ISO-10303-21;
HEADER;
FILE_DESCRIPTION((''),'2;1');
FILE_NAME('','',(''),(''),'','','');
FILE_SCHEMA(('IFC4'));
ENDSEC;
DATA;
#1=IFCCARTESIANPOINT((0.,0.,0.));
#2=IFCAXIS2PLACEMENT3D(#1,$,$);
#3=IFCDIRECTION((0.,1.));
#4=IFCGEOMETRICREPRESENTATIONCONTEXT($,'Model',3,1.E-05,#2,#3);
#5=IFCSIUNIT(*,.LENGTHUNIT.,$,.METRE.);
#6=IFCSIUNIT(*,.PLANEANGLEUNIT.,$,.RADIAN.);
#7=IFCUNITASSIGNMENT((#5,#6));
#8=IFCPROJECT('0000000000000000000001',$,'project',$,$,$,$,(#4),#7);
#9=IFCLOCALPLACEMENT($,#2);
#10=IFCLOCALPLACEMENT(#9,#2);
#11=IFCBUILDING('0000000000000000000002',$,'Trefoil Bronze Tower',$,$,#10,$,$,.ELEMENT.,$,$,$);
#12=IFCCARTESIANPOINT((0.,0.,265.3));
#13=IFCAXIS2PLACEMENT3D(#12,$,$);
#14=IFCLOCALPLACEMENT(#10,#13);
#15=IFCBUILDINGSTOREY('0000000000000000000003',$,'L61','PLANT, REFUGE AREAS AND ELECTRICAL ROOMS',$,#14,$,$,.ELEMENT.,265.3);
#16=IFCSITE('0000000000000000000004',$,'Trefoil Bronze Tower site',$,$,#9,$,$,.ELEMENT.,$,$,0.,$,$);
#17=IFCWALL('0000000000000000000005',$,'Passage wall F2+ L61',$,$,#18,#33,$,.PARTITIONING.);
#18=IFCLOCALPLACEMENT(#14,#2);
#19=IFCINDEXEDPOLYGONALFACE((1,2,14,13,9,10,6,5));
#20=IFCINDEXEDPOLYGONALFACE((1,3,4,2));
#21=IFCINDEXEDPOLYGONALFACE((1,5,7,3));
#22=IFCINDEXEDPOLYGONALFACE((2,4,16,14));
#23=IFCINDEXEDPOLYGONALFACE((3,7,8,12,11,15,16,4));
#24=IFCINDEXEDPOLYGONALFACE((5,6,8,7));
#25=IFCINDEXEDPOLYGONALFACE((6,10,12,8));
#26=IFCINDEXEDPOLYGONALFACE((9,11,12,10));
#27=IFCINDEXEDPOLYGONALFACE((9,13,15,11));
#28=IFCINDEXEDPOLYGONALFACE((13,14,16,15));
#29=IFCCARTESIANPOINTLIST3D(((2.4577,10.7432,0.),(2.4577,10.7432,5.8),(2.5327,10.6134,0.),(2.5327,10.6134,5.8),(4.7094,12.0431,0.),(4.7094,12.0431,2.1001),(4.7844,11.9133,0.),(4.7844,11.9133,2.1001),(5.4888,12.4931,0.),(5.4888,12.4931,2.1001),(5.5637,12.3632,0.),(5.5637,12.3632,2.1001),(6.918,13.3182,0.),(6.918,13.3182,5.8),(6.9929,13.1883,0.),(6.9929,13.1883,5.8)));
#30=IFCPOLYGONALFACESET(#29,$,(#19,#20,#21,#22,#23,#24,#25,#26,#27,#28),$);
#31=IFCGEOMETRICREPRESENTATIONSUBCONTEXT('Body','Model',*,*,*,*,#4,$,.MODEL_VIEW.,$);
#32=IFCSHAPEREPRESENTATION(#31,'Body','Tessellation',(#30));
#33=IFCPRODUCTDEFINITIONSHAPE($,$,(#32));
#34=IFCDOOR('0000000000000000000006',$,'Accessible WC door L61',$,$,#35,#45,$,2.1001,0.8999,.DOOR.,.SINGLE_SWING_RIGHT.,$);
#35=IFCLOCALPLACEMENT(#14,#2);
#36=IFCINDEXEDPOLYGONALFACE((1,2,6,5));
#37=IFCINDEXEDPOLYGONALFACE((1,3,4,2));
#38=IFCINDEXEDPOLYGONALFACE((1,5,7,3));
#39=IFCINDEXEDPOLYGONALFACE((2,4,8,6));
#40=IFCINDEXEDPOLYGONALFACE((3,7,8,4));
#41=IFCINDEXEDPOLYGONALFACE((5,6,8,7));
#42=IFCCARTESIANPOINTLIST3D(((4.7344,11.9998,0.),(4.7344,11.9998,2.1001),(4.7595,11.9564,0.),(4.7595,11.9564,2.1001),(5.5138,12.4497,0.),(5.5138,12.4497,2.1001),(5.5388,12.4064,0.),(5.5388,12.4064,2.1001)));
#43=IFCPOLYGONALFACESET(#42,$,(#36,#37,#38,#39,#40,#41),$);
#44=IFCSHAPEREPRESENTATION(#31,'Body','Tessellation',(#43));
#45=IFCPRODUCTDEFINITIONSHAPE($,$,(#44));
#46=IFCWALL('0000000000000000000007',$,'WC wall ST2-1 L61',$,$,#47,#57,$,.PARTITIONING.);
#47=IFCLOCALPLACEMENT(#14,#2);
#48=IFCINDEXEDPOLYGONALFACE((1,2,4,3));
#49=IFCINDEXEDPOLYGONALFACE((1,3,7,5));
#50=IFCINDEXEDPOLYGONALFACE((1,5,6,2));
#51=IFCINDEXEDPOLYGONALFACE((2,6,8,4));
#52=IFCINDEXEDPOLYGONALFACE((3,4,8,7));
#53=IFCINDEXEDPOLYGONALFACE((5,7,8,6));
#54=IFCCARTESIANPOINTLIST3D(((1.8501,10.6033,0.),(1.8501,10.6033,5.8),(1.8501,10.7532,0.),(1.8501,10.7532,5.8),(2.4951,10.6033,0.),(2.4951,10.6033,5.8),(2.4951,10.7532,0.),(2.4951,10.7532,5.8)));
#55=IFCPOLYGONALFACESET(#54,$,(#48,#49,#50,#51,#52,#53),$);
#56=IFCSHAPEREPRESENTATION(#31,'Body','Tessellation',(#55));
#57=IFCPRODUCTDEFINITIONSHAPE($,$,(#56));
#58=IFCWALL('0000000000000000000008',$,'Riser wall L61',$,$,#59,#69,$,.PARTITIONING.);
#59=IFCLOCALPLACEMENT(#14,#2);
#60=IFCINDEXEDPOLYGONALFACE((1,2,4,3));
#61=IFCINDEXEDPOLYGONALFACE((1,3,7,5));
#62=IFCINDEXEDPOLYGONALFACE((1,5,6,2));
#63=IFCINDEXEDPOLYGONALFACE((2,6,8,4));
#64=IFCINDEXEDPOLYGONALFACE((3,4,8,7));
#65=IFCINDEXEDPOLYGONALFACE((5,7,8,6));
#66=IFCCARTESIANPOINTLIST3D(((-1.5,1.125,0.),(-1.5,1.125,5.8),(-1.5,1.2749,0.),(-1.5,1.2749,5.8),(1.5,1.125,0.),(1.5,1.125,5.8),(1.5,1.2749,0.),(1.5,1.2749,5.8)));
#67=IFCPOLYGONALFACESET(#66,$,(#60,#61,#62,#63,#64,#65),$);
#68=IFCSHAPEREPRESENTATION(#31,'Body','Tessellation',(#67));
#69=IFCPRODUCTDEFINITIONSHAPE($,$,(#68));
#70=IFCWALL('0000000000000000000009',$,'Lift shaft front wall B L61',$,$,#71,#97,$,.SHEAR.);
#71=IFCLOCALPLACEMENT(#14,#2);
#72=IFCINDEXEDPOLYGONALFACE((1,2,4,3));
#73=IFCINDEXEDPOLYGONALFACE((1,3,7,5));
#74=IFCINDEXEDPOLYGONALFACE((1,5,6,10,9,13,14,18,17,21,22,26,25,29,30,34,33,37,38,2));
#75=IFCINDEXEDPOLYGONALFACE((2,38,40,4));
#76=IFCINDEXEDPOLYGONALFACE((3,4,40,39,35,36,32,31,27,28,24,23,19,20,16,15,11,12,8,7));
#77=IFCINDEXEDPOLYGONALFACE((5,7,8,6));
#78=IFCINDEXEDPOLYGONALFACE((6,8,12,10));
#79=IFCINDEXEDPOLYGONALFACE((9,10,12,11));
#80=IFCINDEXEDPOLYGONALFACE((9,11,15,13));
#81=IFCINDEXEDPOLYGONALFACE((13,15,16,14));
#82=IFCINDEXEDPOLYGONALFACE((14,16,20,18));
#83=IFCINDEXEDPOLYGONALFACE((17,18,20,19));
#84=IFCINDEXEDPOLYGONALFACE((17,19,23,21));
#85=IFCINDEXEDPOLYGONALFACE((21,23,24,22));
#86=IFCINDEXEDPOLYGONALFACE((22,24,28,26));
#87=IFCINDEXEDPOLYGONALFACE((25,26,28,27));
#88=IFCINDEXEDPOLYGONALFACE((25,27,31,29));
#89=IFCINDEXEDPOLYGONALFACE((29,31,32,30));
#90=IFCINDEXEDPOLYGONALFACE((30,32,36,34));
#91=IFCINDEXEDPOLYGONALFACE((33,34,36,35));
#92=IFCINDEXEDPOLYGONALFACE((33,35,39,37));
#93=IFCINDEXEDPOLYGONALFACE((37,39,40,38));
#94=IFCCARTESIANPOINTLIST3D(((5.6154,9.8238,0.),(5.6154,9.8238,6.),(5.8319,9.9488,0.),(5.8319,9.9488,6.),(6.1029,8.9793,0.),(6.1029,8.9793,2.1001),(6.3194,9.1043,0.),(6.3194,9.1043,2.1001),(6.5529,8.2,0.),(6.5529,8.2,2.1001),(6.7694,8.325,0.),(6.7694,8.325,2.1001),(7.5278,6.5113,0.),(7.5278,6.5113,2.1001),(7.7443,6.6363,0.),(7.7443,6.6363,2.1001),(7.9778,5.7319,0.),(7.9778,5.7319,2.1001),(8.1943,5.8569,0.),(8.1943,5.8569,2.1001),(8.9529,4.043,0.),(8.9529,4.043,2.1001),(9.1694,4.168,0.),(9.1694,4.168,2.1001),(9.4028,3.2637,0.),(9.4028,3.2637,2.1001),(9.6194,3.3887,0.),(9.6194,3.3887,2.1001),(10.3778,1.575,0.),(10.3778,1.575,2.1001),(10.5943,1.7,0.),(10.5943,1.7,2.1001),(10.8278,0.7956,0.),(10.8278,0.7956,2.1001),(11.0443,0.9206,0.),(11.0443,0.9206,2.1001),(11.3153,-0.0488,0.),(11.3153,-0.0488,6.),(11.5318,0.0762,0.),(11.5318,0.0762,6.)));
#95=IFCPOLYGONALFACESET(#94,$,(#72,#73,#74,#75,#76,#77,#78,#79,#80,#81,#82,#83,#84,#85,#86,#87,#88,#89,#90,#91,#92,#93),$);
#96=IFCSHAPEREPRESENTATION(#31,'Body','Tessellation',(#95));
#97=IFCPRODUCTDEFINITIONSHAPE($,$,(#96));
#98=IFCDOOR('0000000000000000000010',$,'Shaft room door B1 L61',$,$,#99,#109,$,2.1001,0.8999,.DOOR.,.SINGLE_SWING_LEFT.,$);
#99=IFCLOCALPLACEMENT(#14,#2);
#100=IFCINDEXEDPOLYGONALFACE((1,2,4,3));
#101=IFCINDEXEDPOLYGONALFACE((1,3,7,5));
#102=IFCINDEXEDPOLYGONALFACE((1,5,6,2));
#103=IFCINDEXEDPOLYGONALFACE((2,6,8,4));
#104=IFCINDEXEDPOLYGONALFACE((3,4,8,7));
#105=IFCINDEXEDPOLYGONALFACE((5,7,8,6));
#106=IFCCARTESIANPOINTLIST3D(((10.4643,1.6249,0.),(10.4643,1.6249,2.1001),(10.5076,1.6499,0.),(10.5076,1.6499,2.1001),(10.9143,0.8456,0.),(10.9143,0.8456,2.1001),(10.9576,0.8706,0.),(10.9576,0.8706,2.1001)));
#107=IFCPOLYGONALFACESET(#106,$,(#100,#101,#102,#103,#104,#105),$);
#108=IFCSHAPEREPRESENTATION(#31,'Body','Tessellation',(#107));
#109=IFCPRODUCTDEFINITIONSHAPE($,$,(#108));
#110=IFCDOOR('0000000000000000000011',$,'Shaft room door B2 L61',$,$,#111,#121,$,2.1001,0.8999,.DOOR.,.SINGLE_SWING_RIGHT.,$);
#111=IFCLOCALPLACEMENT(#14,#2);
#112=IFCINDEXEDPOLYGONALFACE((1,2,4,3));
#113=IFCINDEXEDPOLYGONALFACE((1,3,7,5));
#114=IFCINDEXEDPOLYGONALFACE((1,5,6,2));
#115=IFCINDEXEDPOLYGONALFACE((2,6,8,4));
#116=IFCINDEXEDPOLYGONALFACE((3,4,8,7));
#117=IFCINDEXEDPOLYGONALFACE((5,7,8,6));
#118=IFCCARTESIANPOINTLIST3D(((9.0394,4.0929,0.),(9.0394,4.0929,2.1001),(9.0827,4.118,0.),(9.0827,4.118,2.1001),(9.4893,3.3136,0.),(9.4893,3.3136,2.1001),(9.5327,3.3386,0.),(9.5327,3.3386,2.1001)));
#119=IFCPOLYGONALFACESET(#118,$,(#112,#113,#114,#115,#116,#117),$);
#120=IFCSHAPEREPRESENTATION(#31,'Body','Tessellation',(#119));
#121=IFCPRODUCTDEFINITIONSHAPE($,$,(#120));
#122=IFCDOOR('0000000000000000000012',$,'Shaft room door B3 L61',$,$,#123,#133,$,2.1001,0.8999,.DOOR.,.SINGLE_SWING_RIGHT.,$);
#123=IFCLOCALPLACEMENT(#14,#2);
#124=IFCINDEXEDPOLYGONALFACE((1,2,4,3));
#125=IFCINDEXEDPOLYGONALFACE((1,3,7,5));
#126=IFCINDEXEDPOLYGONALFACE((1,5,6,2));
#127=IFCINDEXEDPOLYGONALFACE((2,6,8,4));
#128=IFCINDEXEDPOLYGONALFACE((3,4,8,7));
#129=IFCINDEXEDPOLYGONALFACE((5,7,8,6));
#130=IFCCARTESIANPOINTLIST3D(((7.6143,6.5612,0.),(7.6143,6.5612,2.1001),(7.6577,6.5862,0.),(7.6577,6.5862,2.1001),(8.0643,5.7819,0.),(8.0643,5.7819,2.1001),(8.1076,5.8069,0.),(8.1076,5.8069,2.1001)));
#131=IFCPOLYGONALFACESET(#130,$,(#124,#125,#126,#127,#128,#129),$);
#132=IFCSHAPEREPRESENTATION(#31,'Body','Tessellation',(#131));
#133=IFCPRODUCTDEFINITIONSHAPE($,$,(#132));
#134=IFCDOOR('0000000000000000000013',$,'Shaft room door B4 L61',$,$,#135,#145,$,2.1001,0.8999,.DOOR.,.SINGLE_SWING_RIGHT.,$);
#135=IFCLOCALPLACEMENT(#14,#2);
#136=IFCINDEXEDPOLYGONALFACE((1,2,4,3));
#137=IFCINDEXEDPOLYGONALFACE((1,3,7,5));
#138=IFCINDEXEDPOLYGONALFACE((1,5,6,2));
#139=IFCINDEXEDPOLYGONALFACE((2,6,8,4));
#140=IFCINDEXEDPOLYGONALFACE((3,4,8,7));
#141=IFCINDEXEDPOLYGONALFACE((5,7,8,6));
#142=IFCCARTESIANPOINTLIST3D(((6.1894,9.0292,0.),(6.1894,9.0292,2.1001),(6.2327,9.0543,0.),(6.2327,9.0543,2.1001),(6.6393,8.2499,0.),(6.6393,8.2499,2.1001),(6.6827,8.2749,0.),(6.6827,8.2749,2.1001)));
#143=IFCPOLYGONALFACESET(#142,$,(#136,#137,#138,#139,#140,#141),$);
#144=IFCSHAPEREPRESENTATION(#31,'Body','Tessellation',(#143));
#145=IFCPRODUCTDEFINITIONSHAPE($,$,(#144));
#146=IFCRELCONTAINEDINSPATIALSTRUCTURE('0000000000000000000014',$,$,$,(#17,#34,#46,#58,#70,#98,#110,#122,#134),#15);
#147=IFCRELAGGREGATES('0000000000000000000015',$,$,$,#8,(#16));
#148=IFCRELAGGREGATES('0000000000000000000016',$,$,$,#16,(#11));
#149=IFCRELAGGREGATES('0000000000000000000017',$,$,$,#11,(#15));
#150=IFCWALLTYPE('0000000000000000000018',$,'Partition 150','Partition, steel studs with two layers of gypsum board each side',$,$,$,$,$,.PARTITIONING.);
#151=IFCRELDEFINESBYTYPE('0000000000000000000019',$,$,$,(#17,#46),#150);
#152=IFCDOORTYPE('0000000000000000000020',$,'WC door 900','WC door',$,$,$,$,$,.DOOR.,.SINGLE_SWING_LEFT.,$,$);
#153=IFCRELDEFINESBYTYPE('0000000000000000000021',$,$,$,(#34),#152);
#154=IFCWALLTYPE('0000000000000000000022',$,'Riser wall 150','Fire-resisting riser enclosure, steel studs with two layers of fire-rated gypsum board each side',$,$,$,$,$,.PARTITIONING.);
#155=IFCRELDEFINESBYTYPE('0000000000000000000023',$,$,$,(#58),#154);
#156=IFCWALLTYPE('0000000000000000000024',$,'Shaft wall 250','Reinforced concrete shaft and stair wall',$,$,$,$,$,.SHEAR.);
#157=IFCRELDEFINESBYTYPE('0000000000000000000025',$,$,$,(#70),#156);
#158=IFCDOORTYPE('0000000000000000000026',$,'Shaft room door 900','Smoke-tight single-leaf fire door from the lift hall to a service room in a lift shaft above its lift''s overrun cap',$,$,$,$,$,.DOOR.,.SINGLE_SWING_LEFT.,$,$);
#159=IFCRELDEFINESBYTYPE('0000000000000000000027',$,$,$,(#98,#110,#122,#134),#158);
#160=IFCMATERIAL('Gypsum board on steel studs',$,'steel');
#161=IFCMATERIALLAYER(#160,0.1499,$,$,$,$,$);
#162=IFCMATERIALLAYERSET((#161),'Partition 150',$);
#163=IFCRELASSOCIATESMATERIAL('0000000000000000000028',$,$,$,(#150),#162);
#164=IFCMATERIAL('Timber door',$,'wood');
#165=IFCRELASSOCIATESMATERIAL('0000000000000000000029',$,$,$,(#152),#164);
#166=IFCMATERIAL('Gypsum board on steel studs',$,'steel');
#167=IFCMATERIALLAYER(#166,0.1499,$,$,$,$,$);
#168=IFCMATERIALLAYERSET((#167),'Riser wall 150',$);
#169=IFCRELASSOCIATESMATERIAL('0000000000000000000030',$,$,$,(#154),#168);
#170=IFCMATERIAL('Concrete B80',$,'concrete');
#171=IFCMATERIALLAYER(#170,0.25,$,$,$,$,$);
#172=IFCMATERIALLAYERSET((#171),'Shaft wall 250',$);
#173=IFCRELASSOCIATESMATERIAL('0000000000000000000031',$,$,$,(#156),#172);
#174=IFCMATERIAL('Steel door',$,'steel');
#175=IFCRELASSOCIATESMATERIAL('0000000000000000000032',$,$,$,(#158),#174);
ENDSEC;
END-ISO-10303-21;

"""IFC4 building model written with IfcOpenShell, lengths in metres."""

from ifc_helpers import new_model, si_unit, direction, frame, frame_2d, origin, place, context, subcontext, project, spatial, rectangle, extrude, material, layer, layer_set, type_object, element, fill, save


model = new_model("IFC4")

# Units and contexts
model_context = context("Model", 3, precision=1e-05, world=origin(), true_north=direction((0.0, 1.0)))
body_context = subcontext(model_context, "Body", "Model", "MODEL_VIEW")
ifc_project = project(units=[si_unit("LENGTHUNIT", "METRE"), si_unit("PLANEANGLEUNIT", "RADIAN")], contexts=[model_context])

# Site, building, storey
site_placement = place(None, origin())
site = spatial("IfcSite", under=ifc_project, at=site_placement, Name="Trefoil Bronze Tower site", CompositionType="ELEMENT", RefElevation=0.0)
building_placement = place(site_placement, origin())
building = spatial("IfcBuilding", under=site, at=building_placement, Name="Trefoil Bronze Tower", CompositionType="ELEMENT")
storey_placement = place(building_placement, frame((0.0, 0.0, 265.3)))
storey = spatial("IfcBuildingStorey", under=building, at=storey_placement, Name="L61", Description="PLANT, REFUGE AREAS AND ELECTRICAL ROOMS", CompositionType="ELEMENT", Elevation=265.3)

# Wall, opening, door
ifc_material_1 = material(Name="Gypsum board on steel studs", Category="steel")
ifc_layer_1 = layer(ifc_material_1, 0.1499)
ifc_layer_set_1 = layer_set([ifc_layer_1], Name="Partition 150")
wall_type_1 = type_object("IfcWallType", Name="Partition 150", Description="Partition, steel studs with two layers of gypsum board each side", PredefinedType="PARTITIONING", material=ifc_layer_set_1)
wall_1_placement = place(storey_placement, frame((2.4951, 10.6782, 0.0), z_axis=(0.0, 0.0, 1.0), x_axis=(0.866038, 0.499978, 0.0)))
wall_1 = element("IfcWall", 1, at=wall_1_placement, inside=storey, type_object=wall_type_1, Name="Passage wall F2+ L61", PredefinedType="PARTITIONING", context=body_context, shape_type="SweptSolid", body=[
    extrude(rectangle(XDim=5.1501, YDim=0.1499, at=frame_2d((2.5752, 0.0))), origin(), (0.0, 0.0, 1.0), 5.8),
])
opening_1_placement = place(wall_1_placement, frame((2.6001, 0.0, 0.0)))
opening_1 = element("IfcOpeningElement", 2, at=opening_1_placement, cuts=wall_1, PredefinedType="OPENING", context=body_context, shape_type="SweptSolid", body=[
    extrude(rectangle(XDim=0.8999, YDim=2.1001, at=frame_2d((0.45, 1.05))), frame((0.0, 0.085, 0.0), z_axis=(0.0, -1.0, 0.0), x_axis=(1.0, 0.0, 0.0)), (0.0, 0.0, 1.0), 0.1699),
])
ifc_material_2 = material(Name="Timber door", Category="wood")
door_type_1 = type_object("IfcDoorType", Name="WC door 900", Description="WC door", OperationType="SINGLE_SWING_LEFT", PredefinedType="DOOR", material=ifc_material_2)
door_1_placement = place(opening_1_placement, origin())
door_1 = element("IfcDoor", 3, at=door_1_placement, inside=storey, type_object=door_type_1, Name="Accessible WC door L61", OperationType="SINGLE_SWING_RIGHT", OverallHeight=2.1001, OverallWidth=0.8999, PredefinedType="DOOR", context=body_context, shape_type="SweptSolid", body=[
    extrude(rectangle(XDim=0.8999, YDim=2.1001, at=frame_2d((0.45, 1.05))), frame((0.0, 0.0249, 0.0), z_axis=(0.0, -1.0, 0.0), x_axis=(1.0, 0.0, 0.0)), (0.0, 0.0, 1.0), 0.05),
])
fill(opening_1, door_1)

# Walls
wall_2_placement = place(storey_placement, frame((2.4951, 10.6782, 0.0), z_axis=(0.0, 0.0, 1.0), x_axis=(-1.0, 0.0, 0.0)))
element("IfcWall", 4, at=wall_2_placement, inside=storey, type_object=wall_type_1, Name="WC wall ST2-1 L61", PredefinedType="PARTITIONING", context=body_context, shape_type="SweptSolid", body=[
    extrude(rectangle(XDim=0.645, YDim=0.1499, at=frame_2d((0.3225, 0.0))), origin(), (0.0, 0.0, 1.0), 5.8),
])
ifc_material_3 = material(Name="Gypsum board on steel studs", Category="steel")
ifc_layer_2 = layer(ifc_material_3, 0.1499)
ifc_layer_set_2 = layer_set([ifc_layer_2], Name="Riser wall 150")
wall_type_2 = type_object("IfcWallType", Name="Riser wall 150", Description="Fire-resisting riser enclosure, steel studs with two layers of fire-rated gypsum board each side", PredefinedType="PARTITIONING", material=ifc_layer_set_2)
wall_3_placement = place(storey_placement, frame((1.5, 1.2, 0.0), z_axis=(0.0, 0.0, 1.0), x_axis=(-1.0, 0.0, 0.0)))
element("IfcWall", 5, at=wall_3_placement, inside=storey, type_object=wall_type_2, Name="Riser wall L61", PredefinedType="PARTITIONING", context=body_context, shape_type="SweptSolid", body=[
    extrude(rectangle(XDim=3.0, YDim=0.1499, at=frame_2d((1.5, 0.0))), origin(), (0.0, 0.0, 1.0), 5.8),
])

# Wall, openings, doors
ifc_material_4 = material(Name="Concrete B80", Category="concrete")
ifc_layer_3 = layer(ifc_material_4, 0.25)
ifc_layer_set_3 = layer_set([ifc_layer_3], Name="Shaft wall 250")
wall_type_3 = type_object("IfcWallType", Name="Shaft wall 250", Description="Reinforced concrete shaft and stair wall", PredefinedType="SHEAR", material=ifc_layer_set_3)
wall_4_placement = place(storey_placement, frame((11.4236, 0.0137, 0.0), z_axis=(0.0, 0.0, 1.0), x_axis=(-0.500002, 0.866024, 0.0)))
wall_4 = element("IfcWall", 6, at=wall_4_placement, inside=storey, type_object=wall_type_3, Name="Lift shaft front wall B L61", PredefinedType="SHEAR", context=body_context, shape_type="SweptSolid", body=[
    extrude(rectangle(XDim=11.3999, YDim=0.25, at=frame_2d((5.7, 0.0))), origin(), (0.0, 0.0, 1.0), 6.0),
])
opening_2_placement = place(wall_4_placement, frame((0.9751, 0.0, 0.0)))
opening_2 = element("IfcOpeningElement", 7, at=opening_2_placement, cuts=wall_4, PredefinedType="OPENING", context=body_context, shape_type="SweptSolid", body=[
    extrude(rectangle(XDim=0.8999, YDim=2.1001, at=frame_2d((0.45, 1.05))), frame((0.0, 0.135, 0.0), z_axis=(0.0, -1.0, 0.0), x_axis=(1.0, 0.0, 0.0)), (0.0, 0.0, 1.0), 0.27),
])
opening_3_placement = place(wall_4_placement, frame((3.825, 0.0, 0.0)))
opening_3 = element("IfcOpeningElement", 8, at=opening_3_placement, cuts=wall_4, PredefinedType="OPENING", context=body_context, shape_type="SweptSolid", body=[
    extrude(rectangle(XDim=0.8999, YDim=2.1001, at=frame_2d((0.45, 1.05))), frame((0.0, 0.135, 0.0), z_axis=(0.0, -1.0, 0.0), x_axis=(1.0, 0.0, 0.0)), (0.0, 0.0, 1.0), 0.27),
])
opening_4_placement = place(wall_4_placement, frame((6.675, 0.0, 0.0)))
opening_4 = element("IfcOpeningElement", 9, at=opening_4_placement, cuts=wall_4, PredefinedType="OPENING", context=body_context, shape_type="SweptSolid", body=[
    extrude(rectangle(XDim=0.8999, YDim=2.1001, at=frame_2d((0.45, 1.05))), frame((0.0, 0.135, 0.0), z_axis=(0.0, -1.0, 0.0), x_axis=(1.0, 0.0, 0.0)), (0.0, 0.0, 1.0), 0.27),
])
opening_5_placement = place(wall_4_placement, frame((9.5249, 0.0, 0.0)))
opening_5 = element("IfcOpeningElement", 10, at=opening_5_placement, cuts=wall_4, PredefinedType="OPENING", context=body_context, shape_type="SweptSolid", body=[
    extrude(rectangle(XDim=0.8999, YDim=2.1001, at=frame_2d((0.45, 1.05))), frame((0.0, 0.135, 0.0), z_axis=(0.0, -1.0, 0.0), x_axis=(1.0, 0.0, 0.0)), (0.0, 0.0, 1.0), 0.27),
])
ifc_material_5 = material(Name="Steel door", Category="steel")
door_type_2 = type_object("IfcDoorType", Name="Shaft room door 900", Description="Smoke-tight single-leaf fire door from the lift hall to a service room in a lift shaft above its lift's overrun cap", OperationType="SINGLE_SWING_LEFT", PredefinedType="DOOR", material=ifc_material_5)
door_2_placement = place(opening_2_placement, frame((0.8999, 0.0, 0.0), z_axis=(0.0, 0.0, 1.0), x_axis=(-1.0, 0.0, 0.0)))
door_2 = element("IfcDoor", 11, at=door_2_placement, inside=storey, type_object=door_type_2, Name="Shaft room door B1 L61", OperationType="SINGLE_SWING_LEFT", OverallHeight=2.1001, OverallWidth=0.8999, PredefinedType="DOOR", context=body_context, shape_type="SweptSolid", body=[
    extrude(rectangle(XDim=0.8999, YDim=2.1001, at=frame_2d((0.45, 1.05))), frame((0.0, 0.0249, 0.0), z_axis=(0.0, -1.0, 0.0), x_axis=(1.0, 0.0, 0.0)), (0.0, 0.0, 1.0), 0.05),
])
fill(opening_2, door_2)
door_3_placement = place(opening_3_placement, frame((0.8999, 0.0, 0.0), z_axis=(0.0, 0.0, 1.0), x_axis=(-1.0, 0.0, 0.0)))
door_3 = element("IfcDoor", 12, at=door_3_placement, inside=storey, type_object=door_type_2, Name="Shaft room door B2 L61", OperationType="SINGLE_SWING_RIGHT", OverallHeight=2.1001, OverallWidth=0.8999, PredefinedType="DOOR", context=body_context, shape_type="SweptSolid", body=[
    extrude(rectangle(XDim=0.8999, YDim=2.1001, at=frame_2d((0.45, 1.05))), frame((0.0, 0.0249, 0.0), z_axis=(0.0, -1.0, 0.0), x_axis=(1.0, 0.0, 0.0)), (0.0, 0.0, 1.0), 0.05),
])
fill(opening_3, door_3)
door_4_placement = place(opening_4_placement, frame((0.8999, 0.0, 0.0), z_axis=(0.0, 0.0, 1.0), x_axis=(-1.0, 0.0, 0.0)))
door_4 = element("IfcDoor", 13, at=door_4_placement, inside=storey, type_object=door_type_2, Name="Shaft room door B3 L61", OperationType="SINGLE_SWING_RIGHT", OverallHeight=2.1001, OverallWidth=0.8999, PredefinedType="DOOR", context=body_context, shape_type="SweptSolid", body=[
    extrude(rectangle(XDim=0.8999, YDim=2.1001, at=frame_2d((0.45, 1.05))), frame((0.0, 0.0249, 0.0), z_axis=(0.0, -1.0, 0.0), x_axis=(1.0, 0.0, 0.0)), (0.0, 0.0, 1.0), 0.05),
])
fill(opening_4, door_4)
door_5_placement = place(opening_5_placement, frame((0.8999, 0.0, 0.0), z_axis=(0.0, 0.0, 1.0), x_axis=(-1.0, 0.0, 0.0)))
door_5 = element("IfcDoor", 14, at=door_5_placement, inside=storey, type_object=door_type_2, Name="Shaft room door B4 L61", OperationType="SINGLE_SWING_RIGHT", OverallHeight=2.1001, OverallWidth=0.8999, PredefinedType="DOOR", context=body_context, shape_type="SweptSolid", body=[
    extrude(rectangle(XDim=0.8999, YDim=2.1001, at=frame_2d((0.45, 1.05))), frame((0.0, 0.0249, 0.0), z_axis=(0.0, -1.0, 0.0), x_axis=(1.0, 0.0, 0.0)), (0.0, 0.0, 1.0), 0.05),
])
fill(opening_5, door_5)

save(model, "model.ifc")
